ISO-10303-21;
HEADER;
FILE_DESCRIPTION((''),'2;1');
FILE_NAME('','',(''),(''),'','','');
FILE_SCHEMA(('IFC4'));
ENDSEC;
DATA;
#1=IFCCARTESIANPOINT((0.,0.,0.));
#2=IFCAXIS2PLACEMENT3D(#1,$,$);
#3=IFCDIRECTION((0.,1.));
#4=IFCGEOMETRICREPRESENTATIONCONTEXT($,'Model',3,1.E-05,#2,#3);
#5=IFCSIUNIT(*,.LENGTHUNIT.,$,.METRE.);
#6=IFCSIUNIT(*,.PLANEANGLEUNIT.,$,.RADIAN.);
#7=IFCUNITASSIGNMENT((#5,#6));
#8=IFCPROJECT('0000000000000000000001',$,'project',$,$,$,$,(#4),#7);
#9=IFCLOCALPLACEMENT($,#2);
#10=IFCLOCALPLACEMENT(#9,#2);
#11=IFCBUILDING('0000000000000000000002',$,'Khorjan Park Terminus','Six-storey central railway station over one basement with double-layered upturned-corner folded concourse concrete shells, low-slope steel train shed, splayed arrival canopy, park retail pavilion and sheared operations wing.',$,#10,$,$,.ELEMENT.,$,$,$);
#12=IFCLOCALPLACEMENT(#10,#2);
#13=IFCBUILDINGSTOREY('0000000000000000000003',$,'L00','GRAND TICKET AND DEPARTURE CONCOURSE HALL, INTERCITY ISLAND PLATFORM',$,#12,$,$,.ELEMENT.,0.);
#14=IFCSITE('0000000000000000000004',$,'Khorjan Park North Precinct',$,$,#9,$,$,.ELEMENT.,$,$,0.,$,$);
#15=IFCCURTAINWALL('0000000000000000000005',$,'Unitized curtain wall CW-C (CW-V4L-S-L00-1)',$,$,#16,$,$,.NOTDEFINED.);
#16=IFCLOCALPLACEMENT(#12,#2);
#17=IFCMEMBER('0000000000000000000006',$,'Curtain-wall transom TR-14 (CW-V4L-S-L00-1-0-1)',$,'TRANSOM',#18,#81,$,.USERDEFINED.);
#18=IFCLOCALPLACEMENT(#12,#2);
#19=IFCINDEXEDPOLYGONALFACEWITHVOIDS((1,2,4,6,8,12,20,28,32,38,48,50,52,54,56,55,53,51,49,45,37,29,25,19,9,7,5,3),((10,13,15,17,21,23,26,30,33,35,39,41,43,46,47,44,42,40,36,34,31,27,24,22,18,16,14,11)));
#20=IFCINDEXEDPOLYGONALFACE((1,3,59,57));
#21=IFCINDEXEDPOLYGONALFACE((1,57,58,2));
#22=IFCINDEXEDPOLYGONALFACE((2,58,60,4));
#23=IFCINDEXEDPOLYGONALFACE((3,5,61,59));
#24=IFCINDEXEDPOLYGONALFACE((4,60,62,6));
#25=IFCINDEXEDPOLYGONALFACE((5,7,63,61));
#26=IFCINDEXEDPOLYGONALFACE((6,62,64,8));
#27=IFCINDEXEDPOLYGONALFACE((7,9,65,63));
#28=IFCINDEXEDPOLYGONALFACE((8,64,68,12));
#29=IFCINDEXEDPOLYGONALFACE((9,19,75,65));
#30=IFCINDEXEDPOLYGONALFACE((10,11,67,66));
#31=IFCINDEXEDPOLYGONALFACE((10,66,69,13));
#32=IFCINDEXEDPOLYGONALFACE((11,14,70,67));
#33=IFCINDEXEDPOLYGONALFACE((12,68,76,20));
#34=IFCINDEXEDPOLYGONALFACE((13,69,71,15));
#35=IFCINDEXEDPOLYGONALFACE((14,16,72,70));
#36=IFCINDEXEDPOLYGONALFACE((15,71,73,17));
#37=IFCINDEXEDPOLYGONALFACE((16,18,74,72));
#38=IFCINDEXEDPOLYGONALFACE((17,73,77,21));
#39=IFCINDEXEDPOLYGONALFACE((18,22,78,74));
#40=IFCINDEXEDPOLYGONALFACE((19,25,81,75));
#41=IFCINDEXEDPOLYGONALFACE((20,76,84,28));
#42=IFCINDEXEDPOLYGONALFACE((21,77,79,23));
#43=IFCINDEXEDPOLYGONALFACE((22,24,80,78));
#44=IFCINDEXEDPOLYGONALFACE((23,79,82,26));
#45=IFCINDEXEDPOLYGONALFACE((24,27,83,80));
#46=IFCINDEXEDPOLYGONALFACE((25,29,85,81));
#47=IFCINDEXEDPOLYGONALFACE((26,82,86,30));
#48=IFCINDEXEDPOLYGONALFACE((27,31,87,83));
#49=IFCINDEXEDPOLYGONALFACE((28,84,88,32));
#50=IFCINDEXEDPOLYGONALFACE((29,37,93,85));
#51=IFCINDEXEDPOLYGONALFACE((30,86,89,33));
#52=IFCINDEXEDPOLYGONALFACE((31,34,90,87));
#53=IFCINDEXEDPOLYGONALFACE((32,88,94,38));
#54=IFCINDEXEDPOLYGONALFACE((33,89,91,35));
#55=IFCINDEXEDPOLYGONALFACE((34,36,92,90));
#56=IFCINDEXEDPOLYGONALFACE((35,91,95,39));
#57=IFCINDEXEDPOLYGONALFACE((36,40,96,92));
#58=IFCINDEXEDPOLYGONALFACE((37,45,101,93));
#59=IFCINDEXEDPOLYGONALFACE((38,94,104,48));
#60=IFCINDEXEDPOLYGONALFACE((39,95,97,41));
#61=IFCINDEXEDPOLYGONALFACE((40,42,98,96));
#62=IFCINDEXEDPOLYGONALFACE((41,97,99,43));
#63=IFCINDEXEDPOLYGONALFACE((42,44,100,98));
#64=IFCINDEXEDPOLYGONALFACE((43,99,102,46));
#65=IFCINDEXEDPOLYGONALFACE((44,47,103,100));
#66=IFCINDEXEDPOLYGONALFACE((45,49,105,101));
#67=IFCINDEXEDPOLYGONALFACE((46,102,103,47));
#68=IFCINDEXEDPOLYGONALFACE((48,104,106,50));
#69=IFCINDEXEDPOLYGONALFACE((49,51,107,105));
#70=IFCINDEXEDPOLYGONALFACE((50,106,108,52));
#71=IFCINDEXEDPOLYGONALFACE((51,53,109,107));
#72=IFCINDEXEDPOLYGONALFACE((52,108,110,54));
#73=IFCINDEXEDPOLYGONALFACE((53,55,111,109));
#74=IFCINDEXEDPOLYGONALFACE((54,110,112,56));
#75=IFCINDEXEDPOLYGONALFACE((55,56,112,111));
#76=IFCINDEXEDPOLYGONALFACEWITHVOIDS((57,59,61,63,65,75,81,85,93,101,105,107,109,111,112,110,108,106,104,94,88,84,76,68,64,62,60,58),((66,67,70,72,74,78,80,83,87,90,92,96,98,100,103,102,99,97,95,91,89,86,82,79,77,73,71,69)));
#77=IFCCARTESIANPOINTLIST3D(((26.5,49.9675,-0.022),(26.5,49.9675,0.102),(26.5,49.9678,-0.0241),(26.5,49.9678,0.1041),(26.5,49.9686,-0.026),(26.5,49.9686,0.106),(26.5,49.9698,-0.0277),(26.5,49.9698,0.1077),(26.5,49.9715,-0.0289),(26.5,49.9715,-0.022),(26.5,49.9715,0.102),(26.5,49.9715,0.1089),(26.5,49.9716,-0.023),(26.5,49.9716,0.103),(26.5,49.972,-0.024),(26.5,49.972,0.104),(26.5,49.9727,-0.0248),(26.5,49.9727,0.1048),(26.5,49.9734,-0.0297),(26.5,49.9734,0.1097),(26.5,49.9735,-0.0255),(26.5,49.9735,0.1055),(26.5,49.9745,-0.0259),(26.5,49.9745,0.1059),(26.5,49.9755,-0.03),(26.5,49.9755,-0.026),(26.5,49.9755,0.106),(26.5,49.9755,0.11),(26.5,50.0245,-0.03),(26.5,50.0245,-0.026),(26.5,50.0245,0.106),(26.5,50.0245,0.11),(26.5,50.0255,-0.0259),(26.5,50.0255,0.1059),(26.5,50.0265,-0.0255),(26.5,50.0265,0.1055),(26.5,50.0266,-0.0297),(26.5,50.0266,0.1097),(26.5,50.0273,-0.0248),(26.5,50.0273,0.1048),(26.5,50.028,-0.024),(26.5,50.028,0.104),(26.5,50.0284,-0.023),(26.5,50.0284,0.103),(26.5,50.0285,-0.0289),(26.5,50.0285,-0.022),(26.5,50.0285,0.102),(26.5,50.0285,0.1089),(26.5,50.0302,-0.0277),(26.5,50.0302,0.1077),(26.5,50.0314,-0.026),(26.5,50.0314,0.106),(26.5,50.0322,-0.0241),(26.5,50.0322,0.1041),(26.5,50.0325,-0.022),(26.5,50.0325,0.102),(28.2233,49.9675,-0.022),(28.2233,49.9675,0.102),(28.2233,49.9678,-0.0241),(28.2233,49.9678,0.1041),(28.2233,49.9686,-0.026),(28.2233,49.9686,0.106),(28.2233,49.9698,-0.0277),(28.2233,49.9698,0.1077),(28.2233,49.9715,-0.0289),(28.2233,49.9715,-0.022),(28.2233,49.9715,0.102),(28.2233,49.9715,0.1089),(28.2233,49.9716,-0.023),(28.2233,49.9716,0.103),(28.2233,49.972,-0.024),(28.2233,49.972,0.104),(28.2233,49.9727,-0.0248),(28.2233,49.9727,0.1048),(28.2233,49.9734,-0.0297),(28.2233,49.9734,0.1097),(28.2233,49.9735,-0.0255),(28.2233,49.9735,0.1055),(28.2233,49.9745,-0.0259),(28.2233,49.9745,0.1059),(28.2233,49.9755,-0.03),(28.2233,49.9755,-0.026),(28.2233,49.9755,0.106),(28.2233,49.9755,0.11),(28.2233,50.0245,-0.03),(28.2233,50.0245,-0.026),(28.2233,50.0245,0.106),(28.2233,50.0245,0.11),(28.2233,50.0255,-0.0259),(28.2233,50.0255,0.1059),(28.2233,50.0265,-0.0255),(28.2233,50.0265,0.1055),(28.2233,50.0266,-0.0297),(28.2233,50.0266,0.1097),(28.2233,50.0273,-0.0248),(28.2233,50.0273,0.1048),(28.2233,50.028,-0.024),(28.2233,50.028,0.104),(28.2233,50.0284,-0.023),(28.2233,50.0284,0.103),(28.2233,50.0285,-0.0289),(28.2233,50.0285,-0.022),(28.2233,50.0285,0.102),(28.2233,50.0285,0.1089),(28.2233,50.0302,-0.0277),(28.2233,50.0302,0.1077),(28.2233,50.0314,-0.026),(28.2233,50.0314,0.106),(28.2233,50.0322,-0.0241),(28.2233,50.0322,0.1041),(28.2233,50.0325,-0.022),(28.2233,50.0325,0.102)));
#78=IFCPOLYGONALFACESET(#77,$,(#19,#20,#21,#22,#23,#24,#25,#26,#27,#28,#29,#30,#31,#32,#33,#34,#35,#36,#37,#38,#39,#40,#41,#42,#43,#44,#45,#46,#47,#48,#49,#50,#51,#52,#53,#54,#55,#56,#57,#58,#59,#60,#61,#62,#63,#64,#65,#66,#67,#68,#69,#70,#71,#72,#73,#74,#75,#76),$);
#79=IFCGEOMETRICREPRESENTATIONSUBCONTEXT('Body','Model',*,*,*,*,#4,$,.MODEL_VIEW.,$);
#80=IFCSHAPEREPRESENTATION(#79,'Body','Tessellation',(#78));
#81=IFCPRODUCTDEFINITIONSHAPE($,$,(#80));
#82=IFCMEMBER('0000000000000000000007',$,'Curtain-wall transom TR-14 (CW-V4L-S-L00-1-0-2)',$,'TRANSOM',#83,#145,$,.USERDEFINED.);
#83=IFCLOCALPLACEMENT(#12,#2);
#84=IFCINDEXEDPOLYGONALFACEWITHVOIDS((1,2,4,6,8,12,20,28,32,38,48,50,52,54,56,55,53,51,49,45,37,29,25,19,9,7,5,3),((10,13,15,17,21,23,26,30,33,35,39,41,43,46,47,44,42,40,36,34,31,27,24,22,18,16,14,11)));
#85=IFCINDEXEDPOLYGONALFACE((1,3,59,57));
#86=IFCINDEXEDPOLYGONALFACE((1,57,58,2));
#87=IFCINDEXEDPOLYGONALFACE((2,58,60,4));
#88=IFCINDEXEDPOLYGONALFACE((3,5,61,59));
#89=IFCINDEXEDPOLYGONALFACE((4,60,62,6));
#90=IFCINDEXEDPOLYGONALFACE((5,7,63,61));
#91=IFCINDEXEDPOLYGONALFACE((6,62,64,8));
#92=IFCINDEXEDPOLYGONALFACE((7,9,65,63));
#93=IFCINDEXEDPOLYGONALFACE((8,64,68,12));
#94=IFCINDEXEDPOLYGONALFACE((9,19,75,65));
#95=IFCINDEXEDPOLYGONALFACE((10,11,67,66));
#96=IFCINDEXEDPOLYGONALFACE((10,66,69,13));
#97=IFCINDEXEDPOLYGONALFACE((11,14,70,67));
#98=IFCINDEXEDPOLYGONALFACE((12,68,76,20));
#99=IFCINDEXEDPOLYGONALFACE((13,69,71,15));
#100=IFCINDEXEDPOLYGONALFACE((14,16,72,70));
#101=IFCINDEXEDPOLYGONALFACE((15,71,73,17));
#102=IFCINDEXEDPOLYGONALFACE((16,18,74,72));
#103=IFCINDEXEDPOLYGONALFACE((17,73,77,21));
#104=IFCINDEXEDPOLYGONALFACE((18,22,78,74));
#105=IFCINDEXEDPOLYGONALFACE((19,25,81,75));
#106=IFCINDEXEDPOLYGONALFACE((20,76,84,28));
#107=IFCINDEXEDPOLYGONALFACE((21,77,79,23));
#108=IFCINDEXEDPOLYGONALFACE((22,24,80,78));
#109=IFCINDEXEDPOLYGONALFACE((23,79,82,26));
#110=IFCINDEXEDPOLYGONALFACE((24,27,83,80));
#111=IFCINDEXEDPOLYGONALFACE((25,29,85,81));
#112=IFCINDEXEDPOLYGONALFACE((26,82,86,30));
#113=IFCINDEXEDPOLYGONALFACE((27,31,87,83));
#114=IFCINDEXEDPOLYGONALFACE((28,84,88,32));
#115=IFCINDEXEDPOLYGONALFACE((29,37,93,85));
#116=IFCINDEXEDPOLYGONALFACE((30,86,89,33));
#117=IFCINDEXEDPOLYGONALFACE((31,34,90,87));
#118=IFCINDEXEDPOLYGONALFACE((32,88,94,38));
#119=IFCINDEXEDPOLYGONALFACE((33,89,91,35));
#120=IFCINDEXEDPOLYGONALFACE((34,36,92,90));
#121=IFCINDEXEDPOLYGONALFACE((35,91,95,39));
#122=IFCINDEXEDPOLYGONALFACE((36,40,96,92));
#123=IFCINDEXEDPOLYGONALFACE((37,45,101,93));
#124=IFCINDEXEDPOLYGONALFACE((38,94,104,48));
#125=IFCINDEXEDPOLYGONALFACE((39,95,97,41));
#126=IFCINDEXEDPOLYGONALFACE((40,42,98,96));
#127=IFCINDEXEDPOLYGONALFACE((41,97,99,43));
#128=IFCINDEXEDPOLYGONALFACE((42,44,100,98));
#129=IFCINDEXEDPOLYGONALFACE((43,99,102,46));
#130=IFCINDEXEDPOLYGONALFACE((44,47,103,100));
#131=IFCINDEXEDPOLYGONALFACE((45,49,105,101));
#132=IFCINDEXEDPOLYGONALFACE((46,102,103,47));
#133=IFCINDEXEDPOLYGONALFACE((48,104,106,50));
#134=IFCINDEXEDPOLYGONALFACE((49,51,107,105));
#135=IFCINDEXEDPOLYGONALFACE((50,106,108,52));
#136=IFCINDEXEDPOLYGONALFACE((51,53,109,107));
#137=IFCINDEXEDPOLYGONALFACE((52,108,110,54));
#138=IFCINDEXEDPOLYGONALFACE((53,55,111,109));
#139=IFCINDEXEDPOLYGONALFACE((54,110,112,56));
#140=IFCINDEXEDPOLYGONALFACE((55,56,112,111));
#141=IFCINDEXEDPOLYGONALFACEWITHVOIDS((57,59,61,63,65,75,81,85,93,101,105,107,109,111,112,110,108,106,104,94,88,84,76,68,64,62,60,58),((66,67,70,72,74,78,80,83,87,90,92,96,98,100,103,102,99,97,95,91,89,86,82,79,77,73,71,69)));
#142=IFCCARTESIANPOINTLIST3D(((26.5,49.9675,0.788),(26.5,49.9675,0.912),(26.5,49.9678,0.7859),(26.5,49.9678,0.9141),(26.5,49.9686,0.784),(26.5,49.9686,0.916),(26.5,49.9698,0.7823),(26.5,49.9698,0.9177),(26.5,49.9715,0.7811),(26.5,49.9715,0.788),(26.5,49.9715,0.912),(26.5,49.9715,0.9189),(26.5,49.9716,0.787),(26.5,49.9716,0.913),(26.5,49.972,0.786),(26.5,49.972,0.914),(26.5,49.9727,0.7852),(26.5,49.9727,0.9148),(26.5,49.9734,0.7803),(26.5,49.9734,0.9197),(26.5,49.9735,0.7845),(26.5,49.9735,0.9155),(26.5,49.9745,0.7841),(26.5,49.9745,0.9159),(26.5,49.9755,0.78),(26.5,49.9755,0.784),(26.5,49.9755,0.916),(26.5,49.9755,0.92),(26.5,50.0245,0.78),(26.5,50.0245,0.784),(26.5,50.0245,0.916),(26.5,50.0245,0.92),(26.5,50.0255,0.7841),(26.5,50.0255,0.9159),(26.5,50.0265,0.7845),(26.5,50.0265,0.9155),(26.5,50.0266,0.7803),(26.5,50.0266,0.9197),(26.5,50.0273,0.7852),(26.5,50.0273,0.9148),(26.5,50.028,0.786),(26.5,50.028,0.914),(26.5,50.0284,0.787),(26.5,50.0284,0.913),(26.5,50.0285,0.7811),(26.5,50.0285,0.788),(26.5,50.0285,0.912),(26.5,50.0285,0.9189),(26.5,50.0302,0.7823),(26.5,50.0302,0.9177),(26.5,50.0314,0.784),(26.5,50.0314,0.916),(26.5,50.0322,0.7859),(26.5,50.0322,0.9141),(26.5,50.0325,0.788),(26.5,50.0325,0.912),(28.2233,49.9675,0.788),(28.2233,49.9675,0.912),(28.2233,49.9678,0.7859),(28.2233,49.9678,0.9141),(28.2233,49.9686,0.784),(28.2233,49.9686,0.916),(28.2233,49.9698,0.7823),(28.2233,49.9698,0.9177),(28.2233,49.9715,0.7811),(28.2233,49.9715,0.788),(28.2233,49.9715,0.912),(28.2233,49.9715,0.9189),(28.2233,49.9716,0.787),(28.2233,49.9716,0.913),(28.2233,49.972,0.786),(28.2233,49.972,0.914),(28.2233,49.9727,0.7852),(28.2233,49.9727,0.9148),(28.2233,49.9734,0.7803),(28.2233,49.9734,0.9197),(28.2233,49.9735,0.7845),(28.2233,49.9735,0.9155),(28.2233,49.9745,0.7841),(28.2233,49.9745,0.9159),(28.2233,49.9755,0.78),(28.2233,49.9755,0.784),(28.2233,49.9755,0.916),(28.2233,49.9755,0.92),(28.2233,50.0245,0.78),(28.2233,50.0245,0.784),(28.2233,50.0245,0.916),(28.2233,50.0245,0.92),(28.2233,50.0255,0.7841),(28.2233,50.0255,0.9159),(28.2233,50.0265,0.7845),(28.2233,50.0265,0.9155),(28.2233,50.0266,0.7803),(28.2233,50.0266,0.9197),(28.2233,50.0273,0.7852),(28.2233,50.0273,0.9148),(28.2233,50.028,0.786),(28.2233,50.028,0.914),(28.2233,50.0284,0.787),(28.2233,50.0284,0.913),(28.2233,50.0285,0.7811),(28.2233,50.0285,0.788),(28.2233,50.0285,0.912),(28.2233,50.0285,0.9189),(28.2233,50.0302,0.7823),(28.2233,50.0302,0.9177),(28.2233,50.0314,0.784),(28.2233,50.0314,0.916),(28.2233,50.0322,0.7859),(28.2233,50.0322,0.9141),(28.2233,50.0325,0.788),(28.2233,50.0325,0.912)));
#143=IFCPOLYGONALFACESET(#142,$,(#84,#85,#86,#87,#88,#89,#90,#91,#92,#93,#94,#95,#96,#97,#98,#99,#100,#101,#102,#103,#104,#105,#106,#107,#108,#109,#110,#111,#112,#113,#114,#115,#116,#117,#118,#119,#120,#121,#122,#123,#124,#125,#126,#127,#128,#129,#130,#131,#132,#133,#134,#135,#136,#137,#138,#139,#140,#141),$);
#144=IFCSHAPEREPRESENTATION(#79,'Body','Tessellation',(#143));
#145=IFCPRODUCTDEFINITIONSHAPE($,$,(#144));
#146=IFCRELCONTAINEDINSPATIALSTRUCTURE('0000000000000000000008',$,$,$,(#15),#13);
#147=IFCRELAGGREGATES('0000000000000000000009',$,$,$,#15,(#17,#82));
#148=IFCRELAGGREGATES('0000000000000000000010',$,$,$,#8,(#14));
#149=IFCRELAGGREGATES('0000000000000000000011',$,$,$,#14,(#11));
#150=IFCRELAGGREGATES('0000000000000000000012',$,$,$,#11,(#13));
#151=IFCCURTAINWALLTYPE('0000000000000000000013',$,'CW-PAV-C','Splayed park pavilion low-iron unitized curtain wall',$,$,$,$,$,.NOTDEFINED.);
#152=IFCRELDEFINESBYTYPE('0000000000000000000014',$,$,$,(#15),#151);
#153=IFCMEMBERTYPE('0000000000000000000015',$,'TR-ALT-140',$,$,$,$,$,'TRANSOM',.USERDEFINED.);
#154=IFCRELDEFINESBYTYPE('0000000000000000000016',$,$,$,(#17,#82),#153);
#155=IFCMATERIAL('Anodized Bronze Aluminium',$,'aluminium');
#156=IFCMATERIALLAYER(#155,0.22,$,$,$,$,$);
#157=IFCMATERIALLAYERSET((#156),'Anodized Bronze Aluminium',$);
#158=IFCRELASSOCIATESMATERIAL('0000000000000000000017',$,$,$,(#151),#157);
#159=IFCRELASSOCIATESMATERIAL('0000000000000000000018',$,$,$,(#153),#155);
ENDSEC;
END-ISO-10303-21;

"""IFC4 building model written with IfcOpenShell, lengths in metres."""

from ifc_helpers import new_model, si_unit, direction, frame, origin, origin_2d, place, context, subcontext, project, spatial, hollow_rectangle, extrude, material, layer, layer_set, material_profile, profile_set, type_object, element, aggregate, save


model = new_model("IFC4")

# Units and contexts
model_context = context("Model", 3, precision=1e-05, world=origin(), true_north=direction((0.0, 1.0)))
body_context = subcontext(model_context, "Body", "Model", "MODEL_VIEW")
ifc_project = project(units=[si_unit("LENGTHUNIT", "METRE"), si_unit("PLANEANGLEUNIT", "RADIAN")], contexts=[model_context])

# Site, building, storey
site_placement = place(None, origin())
site = spatial("IfcSite", under=ifc_project, at=site_placement, Name="Khorjan Park North Precinct", CompositionType="ELEMENT", RefElevation=0.0)
building_placement = place(site_placement, origin())
building = spatial("IfcBuilding", under=site, at=building_placement, Name="Khorjan Park Terminus", Description="Six-storey central railway station over one basement with double-layered upturned-corner folded concourse concrete shells, low-slope steel train shed, splayed arrival canopy, park retail pavilion and sheared operations wing.", CompositionType="ELEMENT")
storey_placement = place(building_placement, origin())
storey = spatial("IfcBuildingStorey", under=building, at=storey_placement, Name="L00", Description="GRAND TICKET AND DEPARTURE CONCOURSE HALL, INTERCITY ISLAND PLATFORM", CompositionType="ELEMENT", Elevation=0.0)

# Curtain wall
ifc_material_1 = material(Name="Anodized Bronze Aluminium", Category="aluminium")
ifc_layer_1 = layer(ifc_material_1, 0.22)
ifc_layer_set_1 = layer_set([ifc_layer_1], Name="Anodized Bronze Aluminium")
curtain_wall_type = type_object("IfcCurtainWallType", Name="CW-PAV-C", Description="Splayed park pavilion low-iron unitized curtain wall", PredefinedType="NOTDEFINED", material=ifc_layer_set_1)
curtain_wall_1_placement = place(storey_placement, origin())
curtain_wall_1 = element("IfcCurtainWall", 1, at=curtain_wall_1_placement, inside=storey, type_object=curtain_wall_type, Name="Unitized curtain wall CW-C (CW-V4L-S-L00-1)", PredefinedType="NOTDEFINED")

# Members
ifc_material_profile_1 = material_profile(ifc_material_1, hollow_rectangle(XDim=0.065, YDim=0.14, WallThickness=0.004, InnerFilletRadius=0.004, OuterFilletRadius=0.008, at=origin_2d()), Name="ALT 65x140x4")
ifc_profile_set_1 = profile_set([ifc_material_profile_1], Name="Anodized Bronze Aluminium")
member_type_1 = type_object("IfcMemberType", Name="TR-ALT-140", ElementType="TRANSOM", PredefinedType="USERDEFINED", material=ifc_profile_set_1)
member_1_placement = place(storey_placement, frame((26.5, 50.0, 0.04), z_axis=(1.0, 0.0, 0.0), x_axis=(0.0, 1.0, 0.0)))
member_1 = element("IfcMember", 2, at=member_1_placement, type_object=member_type_1, Name="Curtain-wall transom TR-14 (CW-V4L-S-L00-1-0-1)", ObjectType="TRANSOM", PredefinedType="USERDEFINED", context=body_context, shape_type="SweptSolid", body=[
    extrude(hollow_rectangle(XDim=0.065, YDim=0.14, WallThickness=0.004, InnerFilletRadius=0.004, OuterFilletRadius=0.008, at=origin_2d()), origin(), (0.0, 0.0, 1.0), 1.7233),
])
member_2_placement = place(storey_placement, frame((26.5, 50.0, 0.85), z_axis=(1.0, 0.0, 0.0), x_axis=(0.0, 1.0, 0.0)))
member_2 = element("IfcMember", 3, at=member_2_placement, type_object=member_type_1, Name="Curtain-wall transom TR-14 (CW-V4L-S-L00-1-0-2)", ObjectType="TRANSOM", PredefinedType="USERDEFINED", context=body_context, shape_type="SweptSolid", body=[
    extrude(hollow_rectangle(XDim=0.065, YDim=0.14, WallThickness=0.004, InnerFilletRadius=0.004, OuterFilletRadius=0.008, at=origin_2d()), origin(), (0.0, 0.0, 1.0), 1.7233),
])

aggregate(curtain_wall_1, [member_1, member_2])

save(model, "model.ifc")
